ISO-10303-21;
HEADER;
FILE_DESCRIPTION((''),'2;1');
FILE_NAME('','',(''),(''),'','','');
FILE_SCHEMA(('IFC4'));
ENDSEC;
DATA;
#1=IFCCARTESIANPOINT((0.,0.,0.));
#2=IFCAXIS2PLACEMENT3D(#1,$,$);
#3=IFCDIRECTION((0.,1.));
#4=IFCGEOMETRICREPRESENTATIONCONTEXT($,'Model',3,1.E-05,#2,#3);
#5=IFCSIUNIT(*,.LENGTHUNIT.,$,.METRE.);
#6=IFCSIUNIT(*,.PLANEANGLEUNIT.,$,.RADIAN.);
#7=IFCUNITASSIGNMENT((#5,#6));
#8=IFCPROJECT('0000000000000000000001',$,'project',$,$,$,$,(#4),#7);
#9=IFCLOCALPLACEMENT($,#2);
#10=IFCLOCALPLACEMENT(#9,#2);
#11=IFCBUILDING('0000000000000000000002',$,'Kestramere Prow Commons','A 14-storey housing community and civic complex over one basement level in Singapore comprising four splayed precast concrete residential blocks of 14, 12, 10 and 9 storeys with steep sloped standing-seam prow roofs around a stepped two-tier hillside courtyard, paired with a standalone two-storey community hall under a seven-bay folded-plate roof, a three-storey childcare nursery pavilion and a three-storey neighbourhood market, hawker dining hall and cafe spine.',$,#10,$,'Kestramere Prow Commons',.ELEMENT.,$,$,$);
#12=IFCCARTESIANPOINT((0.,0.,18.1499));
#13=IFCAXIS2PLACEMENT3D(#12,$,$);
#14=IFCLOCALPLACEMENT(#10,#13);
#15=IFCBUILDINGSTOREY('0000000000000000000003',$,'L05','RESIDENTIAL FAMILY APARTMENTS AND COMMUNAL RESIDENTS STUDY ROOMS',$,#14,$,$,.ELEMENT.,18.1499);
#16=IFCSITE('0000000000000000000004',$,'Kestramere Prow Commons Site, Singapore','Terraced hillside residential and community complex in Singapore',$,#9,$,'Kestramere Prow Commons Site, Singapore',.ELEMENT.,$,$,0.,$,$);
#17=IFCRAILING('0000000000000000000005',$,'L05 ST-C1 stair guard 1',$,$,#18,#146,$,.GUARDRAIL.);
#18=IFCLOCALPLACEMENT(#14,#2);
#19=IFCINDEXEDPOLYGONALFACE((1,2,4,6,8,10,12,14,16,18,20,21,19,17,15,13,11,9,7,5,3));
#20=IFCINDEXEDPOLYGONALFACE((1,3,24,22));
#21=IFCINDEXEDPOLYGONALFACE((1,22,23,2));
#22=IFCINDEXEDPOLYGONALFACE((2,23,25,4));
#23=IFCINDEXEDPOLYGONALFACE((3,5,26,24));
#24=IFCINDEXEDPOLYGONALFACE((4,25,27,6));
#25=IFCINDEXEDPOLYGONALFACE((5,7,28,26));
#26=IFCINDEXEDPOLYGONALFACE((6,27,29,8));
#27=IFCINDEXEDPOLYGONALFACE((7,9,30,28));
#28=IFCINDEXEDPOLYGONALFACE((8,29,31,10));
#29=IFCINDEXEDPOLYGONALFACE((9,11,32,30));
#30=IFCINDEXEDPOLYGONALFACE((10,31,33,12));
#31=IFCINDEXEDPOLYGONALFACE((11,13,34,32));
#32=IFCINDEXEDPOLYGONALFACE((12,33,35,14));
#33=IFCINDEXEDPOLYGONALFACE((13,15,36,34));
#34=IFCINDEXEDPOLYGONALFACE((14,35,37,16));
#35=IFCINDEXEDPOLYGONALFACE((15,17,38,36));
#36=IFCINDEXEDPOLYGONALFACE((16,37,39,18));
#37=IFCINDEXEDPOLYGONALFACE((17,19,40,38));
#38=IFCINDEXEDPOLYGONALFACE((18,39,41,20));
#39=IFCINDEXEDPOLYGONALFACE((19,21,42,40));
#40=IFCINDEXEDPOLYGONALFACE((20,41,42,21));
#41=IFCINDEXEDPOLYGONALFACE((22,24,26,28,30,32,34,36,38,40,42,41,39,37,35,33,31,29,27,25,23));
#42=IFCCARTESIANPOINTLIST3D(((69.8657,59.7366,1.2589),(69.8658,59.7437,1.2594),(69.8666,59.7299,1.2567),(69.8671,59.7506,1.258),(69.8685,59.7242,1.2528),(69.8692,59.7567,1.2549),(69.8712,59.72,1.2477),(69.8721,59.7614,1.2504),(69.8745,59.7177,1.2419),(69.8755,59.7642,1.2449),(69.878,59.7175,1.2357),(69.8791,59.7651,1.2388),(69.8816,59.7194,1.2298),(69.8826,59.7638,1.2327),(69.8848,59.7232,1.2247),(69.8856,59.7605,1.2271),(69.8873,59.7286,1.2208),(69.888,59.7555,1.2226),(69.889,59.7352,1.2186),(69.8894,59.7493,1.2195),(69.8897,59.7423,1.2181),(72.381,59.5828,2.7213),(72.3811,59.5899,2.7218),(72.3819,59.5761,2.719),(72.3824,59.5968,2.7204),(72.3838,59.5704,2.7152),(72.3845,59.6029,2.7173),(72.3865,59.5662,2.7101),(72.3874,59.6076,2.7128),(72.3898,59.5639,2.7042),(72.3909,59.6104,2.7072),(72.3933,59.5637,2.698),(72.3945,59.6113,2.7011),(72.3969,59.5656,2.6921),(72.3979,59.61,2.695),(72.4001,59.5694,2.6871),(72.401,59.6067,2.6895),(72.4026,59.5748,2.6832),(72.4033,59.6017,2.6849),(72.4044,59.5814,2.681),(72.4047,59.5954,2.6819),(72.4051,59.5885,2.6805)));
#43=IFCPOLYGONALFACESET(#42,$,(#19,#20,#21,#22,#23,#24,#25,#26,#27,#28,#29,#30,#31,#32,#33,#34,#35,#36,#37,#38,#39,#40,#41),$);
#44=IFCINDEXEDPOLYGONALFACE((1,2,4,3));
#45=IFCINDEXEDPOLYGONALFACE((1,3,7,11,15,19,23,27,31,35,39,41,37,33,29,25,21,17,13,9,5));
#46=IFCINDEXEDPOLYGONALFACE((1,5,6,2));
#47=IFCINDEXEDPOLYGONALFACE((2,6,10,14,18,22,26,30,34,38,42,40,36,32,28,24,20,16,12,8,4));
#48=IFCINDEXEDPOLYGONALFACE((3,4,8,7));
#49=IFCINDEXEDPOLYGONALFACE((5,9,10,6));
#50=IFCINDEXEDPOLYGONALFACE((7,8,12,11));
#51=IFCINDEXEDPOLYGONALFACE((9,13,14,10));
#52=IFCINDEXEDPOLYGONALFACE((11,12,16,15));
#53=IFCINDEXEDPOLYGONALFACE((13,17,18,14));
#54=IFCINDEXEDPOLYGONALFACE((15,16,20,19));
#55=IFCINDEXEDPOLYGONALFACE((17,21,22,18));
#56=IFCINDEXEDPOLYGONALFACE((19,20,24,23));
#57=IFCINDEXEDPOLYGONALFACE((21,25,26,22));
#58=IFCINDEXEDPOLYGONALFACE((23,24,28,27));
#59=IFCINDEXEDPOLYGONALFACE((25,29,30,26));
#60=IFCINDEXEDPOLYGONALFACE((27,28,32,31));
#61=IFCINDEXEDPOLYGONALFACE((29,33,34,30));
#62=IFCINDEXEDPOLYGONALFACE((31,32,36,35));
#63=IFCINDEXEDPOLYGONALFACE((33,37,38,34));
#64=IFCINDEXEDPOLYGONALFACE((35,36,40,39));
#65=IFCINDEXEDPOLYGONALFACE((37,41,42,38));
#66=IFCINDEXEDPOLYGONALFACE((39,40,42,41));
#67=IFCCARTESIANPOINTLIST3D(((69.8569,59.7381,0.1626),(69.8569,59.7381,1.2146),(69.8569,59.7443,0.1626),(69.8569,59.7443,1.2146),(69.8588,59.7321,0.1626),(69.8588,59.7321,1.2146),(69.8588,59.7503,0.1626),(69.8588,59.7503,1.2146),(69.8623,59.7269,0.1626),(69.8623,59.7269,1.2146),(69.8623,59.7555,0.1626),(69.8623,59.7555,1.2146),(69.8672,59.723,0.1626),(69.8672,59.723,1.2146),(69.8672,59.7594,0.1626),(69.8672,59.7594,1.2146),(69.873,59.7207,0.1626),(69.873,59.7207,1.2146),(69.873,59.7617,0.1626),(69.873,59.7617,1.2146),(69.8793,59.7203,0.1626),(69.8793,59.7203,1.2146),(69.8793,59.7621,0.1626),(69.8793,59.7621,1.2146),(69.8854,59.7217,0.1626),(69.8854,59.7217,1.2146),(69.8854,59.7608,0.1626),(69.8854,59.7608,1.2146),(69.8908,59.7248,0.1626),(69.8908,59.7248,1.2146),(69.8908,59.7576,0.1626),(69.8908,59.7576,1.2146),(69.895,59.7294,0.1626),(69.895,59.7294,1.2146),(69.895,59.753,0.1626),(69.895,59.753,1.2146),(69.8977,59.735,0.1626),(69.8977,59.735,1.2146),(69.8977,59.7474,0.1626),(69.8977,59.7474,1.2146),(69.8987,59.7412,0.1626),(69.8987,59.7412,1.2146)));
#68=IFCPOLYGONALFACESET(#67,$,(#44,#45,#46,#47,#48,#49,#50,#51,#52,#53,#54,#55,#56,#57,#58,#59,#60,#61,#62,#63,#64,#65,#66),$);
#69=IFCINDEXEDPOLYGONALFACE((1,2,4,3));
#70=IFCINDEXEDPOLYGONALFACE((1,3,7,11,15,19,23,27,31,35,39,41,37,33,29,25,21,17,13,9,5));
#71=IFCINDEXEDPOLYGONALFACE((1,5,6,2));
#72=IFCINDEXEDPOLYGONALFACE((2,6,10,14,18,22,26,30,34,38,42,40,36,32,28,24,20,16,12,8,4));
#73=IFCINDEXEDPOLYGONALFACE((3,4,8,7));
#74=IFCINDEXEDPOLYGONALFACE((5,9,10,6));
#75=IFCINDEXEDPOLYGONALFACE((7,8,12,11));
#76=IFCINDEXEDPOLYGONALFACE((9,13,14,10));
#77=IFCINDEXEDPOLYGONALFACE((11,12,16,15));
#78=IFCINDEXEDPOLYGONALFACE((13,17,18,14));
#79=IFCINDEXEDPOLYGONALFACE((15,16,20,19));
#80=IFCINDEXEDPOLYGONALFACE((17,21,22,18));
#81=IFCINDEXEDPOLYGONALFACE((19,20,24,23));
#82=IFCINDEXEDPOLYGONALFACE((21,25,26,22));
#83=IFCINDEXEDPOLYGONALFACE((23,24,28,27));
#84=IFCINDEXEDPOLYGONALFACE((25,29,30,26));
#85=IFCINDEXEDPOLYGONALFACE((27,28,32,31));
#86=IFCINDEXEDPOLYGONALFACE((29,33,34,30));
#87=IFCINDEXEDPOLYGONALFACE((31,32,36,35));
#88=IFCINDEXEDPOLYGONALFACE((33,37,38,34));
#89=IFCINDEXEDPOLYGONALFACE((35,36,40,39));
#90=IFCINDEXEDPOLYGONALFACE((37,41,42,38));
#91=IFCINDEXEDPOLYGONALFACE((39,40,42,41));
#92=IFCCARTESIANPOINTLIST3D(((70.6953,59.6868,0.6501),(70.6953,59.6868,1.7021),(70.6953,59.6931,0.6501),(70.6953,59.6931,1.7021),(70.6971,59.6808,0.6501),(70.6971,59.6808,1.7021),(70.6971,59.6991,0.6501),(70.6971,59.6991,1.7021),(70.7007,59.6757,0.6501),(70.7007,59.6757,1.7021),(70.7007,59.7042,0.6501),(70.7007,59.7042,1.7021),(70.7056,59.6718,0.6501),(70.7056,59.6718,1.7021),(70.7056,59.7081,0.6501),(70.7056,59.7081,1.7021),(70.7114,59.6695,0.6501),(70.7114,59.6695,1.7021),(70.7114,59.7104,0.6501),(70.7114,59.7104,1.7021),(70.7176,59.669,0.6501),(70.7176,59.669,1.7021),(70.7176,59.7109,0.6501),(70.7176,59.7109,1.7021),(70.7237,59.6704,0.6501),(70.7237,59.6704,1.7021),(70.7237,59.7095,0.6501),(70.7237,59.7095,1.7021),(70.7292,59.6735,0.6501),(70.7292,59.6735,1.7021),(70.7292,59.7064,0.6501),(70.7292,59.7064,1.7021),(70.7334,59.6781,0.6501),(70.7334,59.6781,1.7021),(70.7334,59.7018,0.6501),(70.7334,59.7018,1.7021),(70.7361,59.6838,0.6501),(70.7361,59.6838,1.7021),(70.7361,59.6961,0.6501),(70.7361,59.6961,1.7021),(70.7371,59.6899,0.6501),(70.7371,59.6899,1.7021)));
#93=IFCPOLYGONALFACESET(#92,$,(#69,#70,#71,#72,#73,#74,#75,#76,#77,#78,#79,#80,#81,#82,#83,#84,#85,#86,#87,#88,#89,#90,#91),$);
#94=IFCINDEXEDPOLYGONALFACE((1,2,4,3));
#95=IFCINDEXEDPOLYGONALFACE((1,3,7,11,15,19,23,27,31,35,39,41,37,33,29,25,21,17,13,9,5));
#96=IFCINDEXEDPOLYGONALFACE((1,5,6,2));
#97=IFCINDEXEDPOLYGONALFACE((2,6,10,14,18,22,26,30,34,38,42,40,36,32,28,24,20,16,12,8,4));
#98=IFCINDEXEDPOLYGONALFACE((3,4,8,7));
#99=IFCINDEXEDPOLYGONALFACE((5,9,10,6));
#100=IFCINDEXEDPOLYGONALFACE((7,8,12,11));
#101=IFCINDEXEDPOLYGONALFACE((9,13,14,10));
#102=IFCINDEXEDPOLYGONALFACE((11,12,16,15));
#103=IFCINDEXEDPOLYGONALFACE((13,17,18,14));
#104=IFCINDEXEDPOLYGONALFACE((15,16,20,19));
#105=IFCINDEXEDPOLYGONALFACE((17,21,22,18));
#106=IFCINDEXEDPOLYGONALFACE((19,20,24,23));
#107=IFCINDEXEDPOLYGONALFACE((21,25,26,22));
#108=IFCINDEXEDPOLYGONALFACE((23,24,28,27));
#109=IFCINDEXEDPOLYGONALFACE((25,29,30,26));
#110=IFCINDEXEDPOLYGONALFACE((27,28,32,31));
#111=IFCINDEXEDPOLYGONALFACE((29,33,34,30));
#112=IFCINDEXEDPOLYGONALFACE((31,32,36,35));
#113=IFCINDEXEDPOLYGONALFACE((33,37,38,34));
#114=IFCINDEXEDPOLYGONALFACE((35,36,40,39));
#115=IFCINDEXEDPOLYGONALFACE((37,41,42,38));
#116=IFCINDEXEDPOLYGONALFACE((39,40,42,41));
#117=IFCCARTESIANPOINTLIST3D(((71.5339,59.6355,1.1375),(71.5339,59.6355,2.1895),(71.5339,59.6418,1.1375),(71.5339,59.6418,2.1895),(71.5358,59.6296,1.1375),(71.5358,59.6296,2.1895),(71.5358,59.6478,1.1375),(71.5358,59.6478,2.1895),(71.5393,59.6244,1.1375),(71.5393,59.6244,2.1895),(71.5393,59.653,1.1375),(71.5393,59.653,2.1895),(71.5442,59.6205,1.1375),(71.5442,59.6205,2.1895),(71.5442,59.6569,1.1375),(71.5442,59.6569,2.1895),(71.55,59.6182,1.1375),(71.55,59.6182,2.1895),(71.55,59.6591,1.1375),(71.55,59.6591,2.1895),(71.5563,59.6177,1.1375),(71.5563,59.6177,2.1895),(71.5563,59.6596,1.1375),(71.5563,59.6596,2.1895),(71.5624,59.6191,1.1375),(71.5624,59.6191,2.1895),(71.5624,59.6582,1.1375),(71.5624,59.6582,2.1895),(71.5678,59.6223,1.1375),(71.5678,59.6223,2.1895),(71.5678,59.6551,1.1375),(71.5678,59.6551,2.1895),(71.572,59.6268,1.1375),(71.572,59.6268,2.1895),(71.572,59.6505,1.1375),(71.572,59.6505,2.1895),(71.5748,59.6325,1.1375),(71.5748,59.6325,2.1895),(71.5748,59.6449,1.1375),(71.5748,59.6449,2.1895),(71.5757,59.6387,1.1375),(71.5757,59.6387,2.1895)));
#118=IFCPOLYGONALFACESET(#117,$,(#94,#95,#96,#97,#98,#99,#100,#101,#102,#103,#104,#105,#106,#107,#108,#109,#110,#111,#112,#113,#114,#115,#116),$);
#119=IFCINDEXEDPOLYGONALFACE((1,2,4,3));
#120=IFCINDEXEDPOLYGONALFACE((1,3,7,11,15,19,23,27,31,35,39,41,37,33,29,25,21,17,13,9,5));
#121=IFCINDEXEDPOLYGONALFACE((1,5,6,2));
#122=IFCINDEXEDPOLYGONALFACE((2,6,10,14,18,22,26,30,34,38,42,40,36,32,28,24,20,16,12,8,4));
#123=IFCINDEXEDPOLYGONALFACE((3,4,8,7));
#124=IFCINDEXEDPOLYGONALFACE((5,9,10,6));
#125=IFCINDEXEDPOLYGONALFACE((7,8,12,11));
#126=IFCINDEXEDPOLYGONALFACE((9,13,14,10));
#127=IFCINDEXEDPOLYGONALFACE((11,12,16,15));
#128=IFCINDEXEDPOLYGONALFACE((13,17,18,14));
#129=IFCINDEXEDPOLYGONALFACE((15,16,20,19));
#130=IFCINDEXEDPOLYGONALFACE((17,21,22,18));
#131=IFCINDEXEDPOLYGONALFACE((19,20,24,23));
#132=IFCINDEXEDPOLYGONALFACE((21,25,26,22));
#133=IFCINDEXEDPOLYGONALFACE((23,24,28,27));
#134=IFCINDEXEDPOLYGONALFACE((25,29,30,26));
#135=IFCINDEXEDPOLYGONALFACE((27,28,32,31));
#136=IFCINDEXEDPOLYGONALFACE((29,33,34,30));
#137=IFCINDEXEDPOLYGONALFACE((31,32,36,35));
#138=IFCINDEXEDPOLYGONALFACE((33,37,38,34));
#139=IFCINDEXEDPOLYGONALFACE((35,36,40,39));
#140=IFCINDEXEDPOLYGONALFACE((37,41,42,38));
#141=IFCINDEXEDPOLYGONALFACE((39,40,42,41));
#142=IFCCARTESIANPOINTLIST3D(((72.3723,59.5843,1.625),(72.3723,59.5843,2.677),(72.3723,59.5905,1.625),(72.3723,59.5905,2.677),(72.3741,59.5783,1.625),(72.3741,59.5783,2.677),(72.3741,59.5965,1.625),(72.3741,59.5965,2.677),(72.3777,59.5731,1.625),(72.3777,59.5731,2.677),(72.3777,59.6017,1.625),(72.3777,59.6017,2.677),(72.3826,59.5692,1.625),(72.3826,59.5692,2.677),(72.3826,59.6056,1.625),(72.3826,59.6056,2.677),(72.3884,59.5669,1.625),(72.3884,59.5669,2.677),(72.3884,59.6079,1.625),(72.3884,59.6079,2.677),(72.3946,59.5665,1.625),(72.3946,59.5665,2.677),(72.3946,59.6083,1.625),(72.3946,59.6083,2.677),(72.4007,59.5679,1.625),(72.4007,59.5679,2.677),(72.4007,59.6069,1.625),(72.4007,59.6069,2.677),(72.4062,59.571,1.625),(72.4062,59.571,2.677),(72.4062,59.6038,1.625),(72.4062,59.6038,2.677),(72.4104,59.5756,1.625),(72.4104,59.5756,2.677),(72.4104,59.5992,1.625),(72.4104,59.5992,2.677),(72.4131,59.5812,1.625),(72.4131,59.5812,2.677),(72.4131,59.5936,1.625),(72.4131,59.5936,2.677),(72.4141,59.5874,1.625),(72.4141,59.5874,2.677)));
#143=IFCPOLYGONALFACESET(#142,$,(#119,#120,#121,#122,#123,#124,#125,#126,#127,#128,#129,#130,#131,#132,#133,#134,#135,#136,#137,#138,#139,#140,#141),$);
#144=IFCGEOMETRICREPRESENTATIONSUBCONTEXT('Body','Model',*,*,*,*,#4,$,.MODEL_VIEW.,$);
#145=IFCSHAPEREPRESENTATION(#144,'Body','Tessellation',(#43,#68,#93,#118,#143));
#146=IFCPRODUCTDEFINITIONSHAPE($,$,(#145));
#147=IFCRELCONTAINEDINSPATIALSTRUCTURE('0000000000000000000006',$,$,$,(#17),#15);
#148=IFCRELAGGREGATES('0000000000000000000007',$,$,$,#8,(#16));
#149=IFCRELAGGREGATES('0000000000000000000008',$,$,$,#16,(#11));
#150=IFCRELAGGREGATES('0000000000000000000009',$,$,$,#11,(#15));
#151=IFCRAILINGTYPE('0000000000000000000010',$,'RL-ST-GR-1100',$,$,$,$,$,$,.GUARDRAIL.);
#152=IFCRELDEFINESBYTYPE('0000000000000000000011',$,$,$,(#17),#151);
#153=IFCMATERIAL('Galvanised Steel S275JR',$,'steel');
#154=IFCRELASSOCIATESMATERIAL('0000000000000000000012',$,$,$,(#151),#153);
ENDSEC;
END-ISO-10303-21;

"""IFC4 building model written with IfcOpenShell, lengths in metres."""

from ifc_helpers import new_model, si_unit, direction, frame, origin, origin_2d, place, context, subcontext, project, spatial, circle, extrude, material, type_object, element, save


model = new_model("IFC4")

# Units and contexts
model_context = context("Model", 3, precision=1e-05, world=origin(), true_north=direction((0.0, 1.0)))
body_context = subcontext(model_context, "Body", "Model", "MODEL_VIEW")
ifc_project = project(units=[si_unit("LENGTHUNIT", "METRE"), si_unit("PLANEANGLEUNIT", "RADIAN")], contexts=[model_context])

# Site, building, storey
site_placement = place(None, origin())
site = spatial("IfcSite", under=ifc_project, at=site_placement, Name="Kestramere Prow Commons Site, Singapore", Description="Terraced hillside residential and community complex in Singapore", LongName="Kestramere Prow Commons Site, Singapore", CompositionType="ELEMENT", RefElevation=0.0)
building_placement = place(site_placement, origin())
building = spatial("IfcBuilding", under=site, at=building_placement, Name="Kestramere Prow Commons", Description="A 14-storey housing community and civic complex over one basement level in Singapore comprising four splayed precast concrete residential blocks of 14, 12, 10 and 9 storeys with steep sloped standing-seam prow roofs around a stepped two-tier hillside courtyard, paired with a standalone two-storey community hall under a seven-bay folded-plate roof, a three-storey childcare nursery pavilion and a three-storey neighbourhood market, hawker dining hall and cafe spine.", LongName="Kestramere Prow Commons", CompositionType="ELEMENT")
storey_placement = place(building_placement, frame((0.0, 0.0, 18.1499)))
storey = spatial("IfcBuildingStorey", under=building, at=storey_placement, Name="L05", Description="RESIDENTIAL FAMILY APARTMENTS AND COMMUNAL RESIDENTS STUDY ROOMS", CompositionType="ELEMENT", Elevation=18.1499)

# Railing
ifc_material_1 = material(Name="Galvanised Steel S275JR", Category="steel")
railing_type_1 = type_object("IfcRailingType", Name="RL-ST-GR-1100", PredefinedType="GUARDRAIL", material=ifc_material_1)
railing_1_placement = place(storey_placement, frame((69.8777, 59.7412, 0.1626)))
element("IfcRailing", 1, at=railing_1_placement, inside=storey, type_object=railing_type_1, Name="L05 ST-C1 stair guard 1", PredefinedType="GUARDRAIL", context=body_context, shape_type="SweptSolid", body=[
    extrude(circle(Radius=0.0239, at=origin_2d()), frame((0.0, 0.0, 1.0762), z_axis=(0.863306, -0.052789, 0.501912), x_axis=(0.061033, 0.998136, 0.0)), (0.0, 0.0, 1.0), 2.9136),
    extrude(circle(Radius=0.021, at=origin_2d()), origin(), (0.0, 0.0, 1.0), 1.052),
    extrude(circle(Radius=0.021, at=origin_2d()), frame((0.8384, -0.0513, 0.4875)), (0.0, 0.0, 1.0), 1.052),
    extrude(circle(Radius=0.021, at=origin_2d()), frame((1.677, -0.1025, 0.9749)), (0.0, 0.0, 1.0), 1.052),
    extrude(circle(Radius=0.021, at=origin_2d()), frame((2.5154, -0.1538, 1.4624)), (0.0, 0.0, 1.0), 1.052),
])

save(model, "model.ifc")
